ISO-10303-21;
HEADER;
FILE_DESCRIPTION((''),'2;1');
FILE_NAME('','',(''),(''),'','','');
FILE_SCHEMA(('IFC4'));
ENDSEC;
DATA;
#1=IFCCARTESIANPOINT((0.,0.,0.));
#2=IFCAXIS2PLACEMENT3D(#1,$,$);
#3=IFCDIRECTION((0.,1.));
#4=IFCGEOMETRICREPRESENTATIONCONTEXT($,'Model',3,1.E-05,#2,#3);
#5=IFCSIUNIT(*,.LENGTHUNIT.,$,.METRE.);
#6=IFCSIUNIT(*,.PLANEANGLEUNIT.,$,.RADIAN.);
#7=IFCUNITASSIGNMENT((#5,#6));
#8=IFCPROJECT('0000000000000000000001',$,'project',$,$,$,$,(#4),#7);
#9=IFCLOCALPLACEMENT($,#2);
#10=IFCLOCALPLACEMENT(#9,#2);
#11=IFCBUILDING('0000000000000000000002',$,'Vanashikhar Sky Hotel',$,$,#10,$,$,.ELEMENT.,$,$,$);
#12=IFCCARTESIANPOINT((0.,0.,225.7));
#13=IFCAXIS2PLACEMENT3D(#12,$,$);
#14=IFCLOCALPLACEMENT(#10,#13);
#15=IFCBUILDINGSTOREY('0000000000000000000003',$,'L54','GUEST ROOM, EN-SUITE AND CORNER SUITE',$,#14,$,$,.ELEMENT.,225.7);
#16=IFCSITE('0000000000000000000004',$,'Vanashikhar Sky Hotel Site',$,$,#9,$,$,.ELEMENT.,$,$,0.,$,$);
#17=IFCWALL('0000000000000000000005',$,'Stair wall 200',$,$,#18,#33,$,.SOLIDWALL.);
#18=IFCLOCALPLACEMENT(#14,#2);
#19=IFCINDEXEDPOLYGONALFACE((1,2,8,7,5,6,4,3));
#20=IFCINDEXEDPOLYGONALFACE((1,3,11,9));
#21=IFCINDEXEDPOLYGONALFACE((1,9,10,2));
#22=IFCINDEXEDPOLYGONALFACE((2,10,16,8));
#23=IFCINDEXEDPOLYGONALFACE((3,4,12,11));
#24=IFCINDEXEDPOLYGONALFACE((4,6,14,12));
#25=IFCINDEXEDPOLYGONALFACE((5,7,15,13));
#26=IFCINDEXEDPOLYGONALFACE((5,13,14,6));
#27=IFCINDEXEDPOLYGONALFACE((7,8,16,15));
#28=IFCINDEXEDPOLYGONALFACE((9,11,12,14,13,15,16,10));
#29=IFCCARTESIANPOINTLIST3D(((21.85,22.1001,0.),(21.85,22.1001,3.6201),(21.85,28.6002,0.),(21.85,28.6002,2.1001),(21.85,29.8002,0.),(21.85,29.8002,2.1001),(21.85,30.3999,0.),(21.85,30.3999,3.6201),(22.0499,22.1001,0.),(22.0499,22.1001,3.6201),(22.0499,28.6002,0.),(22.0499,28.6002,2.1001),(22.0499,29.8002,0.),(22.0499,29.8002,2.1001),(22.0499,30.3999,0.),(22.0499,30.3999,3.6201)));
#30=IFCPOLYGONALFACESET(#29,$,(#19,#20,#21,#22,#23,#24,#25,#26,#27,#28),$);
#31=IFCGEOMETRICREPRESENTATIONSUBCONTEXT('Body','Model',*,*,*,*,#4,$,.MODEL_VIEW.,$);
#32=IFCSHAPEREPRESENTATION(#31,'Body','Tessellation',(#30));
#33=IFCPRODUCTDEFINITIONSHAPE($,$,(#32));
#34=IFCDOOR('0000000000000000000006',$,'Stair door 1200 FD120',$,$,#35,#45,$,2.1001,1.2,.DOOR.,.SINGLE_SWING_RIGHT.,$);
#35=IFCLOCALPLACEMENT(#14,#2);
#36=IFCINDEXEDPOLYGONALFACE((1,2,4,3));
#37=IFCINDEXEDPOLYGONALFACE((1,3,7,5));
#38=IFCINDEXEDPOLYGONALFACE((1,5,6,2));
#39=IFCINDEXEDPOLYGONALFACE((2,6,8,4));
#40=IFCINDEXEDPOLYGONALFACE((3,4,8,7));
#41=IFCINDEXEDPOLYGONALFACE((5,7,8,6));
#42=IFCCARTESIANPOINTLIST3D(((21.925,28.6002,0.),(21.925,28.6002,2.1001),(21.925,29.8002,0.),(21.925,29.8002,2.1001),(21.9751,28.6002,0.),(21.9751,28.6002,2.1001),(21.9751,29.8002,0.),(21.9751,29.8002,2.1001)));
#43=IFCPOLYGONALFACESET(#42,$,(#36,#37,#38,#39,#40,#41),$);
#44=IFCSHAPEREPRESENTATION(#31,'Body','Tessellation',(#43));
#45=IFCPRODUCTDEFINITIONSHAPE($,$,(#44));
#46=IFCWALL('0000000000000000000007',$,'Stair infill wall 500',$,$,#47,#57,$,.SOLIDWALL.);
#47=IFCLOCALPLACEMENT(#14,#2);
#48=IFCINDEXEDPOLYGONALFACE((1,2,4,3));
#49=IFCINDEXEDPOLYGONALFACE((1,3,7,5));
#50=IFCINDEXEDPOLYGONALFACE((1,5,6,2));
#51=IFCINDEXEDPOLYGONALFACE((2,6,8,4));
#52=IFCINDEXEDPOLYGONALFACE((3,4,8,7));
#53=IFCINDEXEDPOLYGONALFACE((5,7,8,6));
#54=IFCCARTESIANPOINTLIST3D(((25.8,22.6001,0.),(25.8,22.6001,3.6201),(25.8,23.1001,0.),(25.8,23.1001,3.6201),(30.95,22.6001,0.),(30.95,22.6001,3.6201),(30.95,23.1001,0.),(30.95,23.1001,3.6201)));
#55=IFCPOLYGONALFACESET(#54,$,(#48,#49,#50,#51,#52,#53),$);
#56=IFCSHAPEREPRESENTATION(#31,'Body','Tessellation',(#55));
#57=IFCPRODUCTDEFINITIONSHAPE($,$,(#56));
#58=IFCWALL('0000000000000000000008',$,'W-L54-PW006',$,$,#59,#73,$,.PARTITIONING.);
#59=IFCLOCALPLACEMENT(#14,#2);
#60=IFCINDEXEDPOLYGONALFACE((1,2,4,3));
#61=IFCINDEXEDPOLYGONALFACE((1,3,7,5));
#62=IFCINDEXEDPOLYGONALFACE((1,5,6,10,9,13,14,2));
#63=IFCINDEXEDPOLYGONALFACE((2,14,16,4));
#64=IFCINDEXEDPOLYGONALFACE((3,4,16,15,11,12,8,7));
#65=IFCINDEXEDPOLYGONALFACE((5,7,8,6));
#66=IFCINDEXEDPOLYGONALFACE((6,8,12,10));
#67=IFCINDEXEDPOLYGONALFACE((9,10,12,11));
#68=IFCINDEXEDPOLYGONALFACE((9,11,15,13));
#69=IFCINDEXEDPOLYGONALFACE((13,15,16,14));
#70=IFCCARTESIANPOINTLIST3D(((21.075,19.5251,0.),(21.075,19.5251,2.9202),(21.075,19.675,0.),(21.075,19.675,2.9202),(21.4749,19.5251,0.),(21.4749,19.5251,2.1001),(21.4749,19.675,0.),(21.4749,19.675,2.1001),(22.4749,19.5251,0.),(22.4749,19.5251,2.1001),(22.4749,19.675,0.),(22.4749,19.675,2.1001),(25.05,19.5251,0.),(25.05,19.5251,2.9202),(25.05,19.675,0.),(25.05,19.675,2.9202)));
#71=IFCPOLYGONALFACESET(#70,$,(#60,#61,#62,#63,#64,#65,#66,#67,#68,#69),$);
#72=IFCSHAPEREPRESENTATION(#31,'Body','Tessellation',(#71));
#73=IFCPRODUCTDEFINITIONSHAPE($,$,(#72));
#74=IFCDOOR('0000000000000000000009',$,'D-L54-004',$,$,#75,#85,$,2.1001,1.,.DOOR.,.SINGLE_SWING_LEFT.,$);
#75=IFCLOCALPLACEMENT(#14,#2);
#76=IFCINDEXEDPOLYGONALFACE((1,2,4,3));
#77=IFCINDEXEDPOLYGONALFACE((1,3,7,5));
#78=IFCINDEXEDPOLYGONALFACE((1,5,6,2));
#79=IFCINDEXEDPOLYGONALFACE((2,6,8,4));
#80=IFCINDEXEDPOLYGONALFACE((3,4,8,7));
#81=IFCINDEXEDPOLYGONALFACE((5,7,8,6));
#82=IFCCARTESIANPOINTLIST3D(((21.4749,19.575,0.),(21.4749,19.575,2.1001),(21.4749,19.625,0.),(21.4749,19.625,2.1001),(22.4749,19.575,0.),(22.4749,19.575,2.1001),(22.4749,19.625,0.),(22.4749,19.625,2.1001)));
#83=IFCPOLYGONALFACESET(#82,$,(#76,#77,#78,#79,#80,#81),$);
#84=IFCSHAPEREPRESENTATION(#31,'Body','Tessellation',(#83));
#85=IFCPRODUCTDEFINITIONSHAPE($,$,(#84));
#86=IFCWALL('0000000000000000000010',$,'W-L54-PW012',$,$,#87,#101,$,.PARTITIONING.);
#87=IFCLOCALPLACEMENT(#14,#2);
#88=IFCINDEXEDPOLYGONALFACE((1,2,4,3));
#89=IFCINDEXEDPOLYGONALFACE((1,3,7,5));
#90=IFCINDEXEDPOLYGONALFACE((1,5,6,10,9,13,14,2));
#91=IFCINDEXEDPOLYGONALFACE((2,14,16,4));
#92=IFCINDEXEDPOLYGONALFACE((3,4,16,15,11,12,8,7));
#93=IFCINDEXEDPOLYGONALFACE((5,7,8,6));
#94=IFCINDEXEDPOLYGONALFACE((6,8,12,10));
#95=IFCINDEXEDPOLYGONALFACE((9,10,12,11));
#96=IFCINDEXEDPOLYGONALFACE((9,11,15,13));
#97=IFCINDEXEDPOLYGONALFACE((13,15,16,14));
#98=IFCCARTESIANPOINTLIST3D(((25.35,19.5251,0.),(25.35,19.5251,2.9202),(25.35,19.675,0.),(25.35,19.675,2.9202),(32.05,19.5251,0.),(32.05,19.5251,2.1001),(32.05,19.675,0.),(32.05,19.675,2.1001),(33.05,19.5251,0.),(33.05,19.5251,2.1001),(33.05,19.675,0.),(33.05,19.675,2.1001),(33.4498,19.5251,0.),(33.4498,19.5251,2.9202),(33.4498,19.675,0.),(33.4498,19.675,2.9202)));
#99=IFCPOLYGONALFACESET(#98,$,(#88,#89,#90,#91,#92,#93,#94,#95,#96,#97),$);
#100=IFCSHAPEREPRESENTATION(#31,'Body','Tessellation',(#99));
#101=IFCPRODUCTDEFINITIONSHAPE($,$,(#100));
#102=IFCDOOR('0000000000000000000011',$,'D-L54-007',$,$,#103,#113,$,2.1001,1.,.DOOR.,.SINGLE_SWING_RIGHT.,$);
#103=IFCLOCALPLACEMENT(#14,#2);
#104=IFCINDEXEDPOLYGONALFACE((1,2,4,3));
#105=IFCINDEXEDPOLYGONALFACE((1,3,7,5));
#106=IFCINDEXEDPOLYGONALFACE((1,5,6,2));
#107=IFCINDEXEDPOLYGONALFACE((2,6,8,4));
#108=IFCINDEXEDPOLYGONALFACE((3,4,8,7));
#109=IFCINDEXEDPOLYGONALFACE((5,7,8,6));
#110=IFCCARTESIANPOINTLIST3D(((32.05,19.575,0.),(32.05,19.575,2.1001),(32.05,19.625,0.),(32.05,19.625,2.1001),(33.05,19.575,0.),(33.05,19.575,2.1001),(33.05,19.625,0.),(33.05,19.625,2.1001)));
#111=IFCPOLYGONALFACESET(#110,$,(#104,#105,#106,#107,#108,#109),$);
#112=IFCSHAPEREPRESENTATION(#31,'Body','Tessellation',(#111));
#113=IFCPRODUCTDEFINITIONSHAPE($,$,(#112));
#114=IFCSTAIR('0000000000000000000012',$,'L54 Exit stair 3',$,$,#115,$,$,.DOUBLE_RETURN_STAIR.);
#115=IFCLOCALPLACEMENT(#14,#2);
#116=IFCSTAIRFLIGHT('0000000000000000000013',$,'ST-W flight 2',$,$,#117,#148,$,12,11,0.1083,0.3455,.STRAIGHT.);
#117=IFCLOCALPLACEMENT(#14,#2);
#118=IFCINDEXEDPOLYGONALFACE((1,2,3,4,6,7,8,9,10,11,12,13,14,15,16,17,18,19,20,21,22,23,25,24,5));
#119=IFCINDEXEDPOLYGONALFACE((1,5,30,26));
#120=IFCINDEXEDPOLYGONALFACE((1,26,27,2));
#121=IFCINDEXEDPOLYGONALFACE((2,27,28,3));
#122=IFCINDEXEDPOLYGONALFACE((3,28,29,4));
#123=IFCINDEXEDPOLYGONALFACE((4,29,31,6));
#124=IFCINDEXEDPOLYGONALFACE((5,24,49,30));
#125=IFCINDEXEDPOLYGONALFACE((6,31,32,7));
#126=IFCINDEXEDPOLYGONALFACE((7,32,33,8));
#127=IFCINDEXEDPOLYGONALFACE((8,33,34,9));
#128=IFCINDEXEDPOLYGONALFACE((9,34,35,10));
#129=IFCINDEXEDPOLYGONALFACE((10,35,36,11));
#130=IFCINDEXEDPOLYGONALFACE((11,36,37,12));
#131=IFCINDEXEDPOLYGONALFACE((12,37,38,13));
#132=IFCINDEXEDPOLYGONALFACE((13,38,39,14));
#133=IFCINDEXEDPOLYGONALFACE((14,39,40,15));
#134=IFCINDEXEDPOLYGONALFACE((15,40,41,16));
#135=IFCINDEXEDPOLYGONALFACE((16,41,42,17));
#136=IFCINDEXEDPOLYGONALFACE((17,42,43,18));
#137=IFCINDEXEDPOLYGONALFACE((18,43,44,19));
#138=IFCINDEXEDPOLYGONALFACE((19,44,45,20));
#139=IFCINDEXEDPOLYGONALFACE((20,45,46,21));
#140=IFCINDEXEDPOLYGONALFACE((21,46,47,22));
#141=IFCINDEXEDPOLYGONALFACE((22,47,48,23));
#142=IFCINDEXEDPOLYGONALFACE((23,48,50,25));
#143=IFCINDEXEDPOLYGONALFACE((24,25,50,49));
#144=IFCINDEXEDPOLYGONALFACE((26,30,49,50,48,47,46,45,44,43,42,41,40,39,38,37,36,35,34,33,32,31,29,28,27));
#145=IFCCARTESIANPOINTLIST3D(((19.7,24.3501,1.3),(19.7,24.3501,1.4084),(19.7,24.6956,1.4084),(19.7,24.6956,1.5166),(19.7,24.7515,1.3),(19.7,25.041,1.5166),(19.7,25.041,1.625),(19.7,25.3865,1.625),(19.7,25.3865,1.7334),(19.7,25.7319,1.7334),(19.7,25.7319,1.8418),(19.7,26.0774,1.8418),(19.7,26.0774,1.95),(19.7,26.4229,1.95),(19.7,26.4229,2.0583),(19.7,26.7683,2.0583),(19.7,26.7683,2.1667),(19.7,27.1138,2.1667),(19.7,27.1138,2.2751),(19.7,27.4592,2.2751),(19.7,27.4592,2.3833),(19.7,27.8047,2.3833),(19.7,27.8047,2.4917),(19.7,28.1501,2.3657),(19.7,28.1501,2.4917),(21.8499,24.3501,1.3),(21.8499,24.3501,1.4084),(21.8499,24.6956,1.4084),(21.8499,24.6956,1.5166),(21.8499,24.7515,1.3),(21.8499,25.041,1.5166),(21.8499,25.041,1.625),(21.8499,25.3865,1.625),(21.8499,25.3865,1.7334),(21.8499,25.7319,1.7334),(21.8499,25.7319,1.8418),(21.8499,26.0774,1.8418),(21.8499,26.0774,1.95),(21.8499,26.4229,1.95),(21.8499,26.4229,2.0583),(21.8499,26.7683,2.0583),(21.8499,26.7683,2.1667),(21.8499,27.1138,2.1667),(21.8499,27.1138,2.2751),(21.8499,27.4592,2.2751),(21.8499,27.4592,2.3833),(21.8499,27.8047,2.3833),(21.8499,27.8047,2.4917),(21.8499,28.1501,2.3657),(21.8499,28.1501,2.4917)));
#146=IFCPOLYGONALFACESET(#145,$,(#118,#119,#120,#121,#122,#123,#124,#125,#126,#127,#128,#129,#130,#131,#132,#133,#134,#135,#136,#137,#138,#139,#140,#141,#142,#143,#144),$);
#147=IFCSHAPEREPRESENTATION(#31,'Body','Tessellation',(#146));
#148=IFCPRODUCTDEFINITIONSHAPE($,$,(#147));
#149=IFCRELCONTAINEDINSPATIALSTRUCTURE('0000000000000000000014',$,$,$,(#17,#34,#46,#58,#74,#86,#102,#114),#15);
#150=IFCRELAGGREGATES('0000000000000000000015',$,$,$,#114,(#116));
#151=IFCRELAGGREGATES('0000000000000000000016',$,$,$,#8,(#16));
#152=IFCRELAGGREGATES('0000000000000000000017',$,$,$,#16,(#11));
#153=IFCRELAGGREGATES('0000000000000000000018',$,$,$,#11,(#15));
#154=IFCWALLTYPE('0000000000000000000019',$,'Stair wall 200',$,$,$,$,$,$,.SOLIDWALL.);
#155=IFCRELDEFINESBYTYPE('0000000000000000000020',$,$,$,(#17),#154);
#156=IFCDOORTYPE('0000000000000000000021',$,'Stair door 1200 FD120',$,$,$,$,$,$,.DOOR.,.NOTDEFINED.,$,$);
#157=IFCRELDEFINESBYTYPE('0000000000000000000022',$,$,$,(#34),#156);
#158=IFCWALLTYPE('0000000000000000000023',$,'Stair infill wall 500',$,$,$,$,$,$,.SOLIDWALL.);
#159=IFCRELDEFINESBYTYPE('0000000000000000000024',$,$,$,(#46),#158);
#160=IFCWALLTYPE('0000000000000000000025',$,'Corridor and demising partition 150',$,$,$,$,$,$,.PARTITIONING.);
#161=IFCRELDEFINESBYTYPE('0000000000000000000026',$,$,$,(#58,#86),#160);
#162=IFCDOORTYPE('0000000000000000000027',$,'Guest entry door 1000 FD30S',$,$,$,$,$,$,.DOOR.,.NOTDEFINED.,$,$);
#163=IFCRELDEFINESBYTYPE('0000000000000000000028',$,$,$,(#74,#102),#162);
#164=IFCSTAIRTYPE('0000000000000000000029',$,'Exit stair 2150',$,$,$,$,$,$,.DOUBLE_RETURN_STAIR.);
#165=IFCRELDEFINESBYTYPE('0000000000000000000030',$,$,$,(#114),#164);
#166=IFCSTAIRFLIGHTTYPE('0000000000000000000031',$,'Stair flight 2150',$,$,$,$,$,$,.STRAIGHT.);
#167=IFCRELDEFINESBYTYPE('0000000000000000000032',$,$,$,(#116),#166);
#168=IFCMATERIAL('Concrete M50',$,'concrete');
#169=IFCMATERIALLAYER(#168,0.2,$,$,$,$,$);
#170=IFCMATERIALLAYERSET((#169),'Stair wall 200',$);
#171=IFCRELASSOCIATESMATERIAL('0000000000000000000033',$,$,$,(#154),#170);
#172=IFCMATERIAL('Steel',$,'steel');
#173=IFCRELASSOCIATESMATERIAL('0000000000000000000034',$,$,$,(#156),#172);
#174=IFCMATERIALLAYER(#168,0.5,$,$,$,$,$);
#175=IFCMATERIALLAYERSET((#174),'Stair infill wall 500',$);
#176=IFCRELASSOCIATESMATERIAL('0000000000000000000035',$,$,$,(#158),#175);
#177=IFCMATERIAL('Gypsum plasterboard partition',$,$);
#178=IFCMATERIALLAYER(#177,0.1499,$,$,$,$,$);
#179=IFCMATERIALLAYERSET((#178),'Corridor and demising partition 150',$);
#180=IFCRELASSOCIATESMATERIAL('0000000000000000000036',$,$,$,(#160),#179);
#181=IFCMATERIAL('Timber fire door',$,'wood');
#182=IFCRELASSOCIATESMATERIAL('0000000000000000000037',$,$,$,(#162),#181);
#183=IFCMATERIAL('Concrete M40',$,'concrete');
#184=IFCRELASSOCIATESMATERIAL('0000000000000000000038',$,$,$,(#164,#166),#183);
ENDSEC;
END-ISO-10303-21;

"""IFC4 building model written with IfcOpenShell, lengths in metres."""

from ifc_helpers import new_model, si_unit, direction, frame, frame_2d, origin, place, context, subcontext, project, spatial, polyline, rectangle, outline, extrude, source, transform, mapped, material, layer, layer_set, type_object, element, fill, aggregate, save


model = new_model("IFC4")

# Units and contexts
model_context = context("Model", 3, precision=1e-05, world=origin(), true_north=direction((0.0, 1.0)))
body_context = subcontext(model_context, "Body", "Model", "MODEL_VIEW")
ifc_project = project(units=[si_unit("LENGTHUNIT", "METRE"), si_unit("PLANEANGLEUNIT", "RADIAN")], contexts=[model_context])

# Site, building, storey
site_placement = place(None, origin())
site = spatial("IfcSite", under=ifc_project, at=site_placement, Name="Vanashikhar Sky Hotel Site", CompositionType="ELEMENT", RefElevation=0.0)
building_placement = place(site_placement, origin())
building = spatial("IfcBuilding", under=site, at=building_placement, Name="Vanashikhar Sky Hotel", CompositionType="ELEMENT")
storey_placement = place(building_placement, frame((0.0, 0.0, 225.7)))
storey = spatial("IfcBuildingStorey", under=building, at=storey_placement, Name="L54", Description="GUEST ROOM, EN-SUITE AND CORNER SUITE", CompositionType="ELEMENT", Elevation=225.7)

# Shared definitions
ifc_material_1 = material(Name="Steel", Category="steel")

# Wall, opening, door
ifc_material_2 = material(Name="Concrete M50", Category="concrete")
ifc_layer_1 = layer(ifc_material_2, 0.2)
ifc_layer_set_1 = layer_set([ifc_layer_1], Name="Stair wall 200")
wall_type_1 = type_object("IfcWallType", Name="Stair wall 200", PredefinedType="SOLIDWALL", material=ifc_layer_set_1)
shared_shape_1 = source(origin(), body_context, "Body", "SweptSolid", [
    extrude(rectangle(XDim=8.2998, YDim=0.2, at=frame_2d((4.1499, 0.0))), origin(), (0.0, 0.0, 1.0), 3.6201),
])
wall_1_placement = place(storey_placement, frame((21.95, 22.1001, 0.0), z_axis=(0.0, 0.0, 1.0), x_axis=(0.0, 1.0, 0.0)))
wall_1 = element("IfcWall", 1, at=wall_1_placement, inside=storey, type_object=wall_type_1, Name="Stair wall 200", PredefinedType="SOLIDWALL", context=body_context, shape_type="MappedRepresentation", body=[
    mapped(shared_shape_1, transform((0.0, 0.0, 0.0), scale=1.0)),
])
shared_shape_2 = source(origin(), body_context, "Body", "SweptSolid", [
    extrude(rectangle(XDim=1.2, YDim=2.1001, at=frame_2d((0.6001, 1.05))), frame((0.0, 0.1099, 0.0), z_axis=(0.0, -1.0, 0.0), x_axis=(1.0, 0.0, 0.0)), (0.0, 0.0, 1.0), 0.22),
])
opening_1_placement = place(wall_1_placement, frame((6.5, 0.0, 0.0)))
opening_1 = element("IfcOpeningElement", 2, at=opening_1_placement, cuts=wall_1, PredefinedType="OPENING", context=body_context, shape_type="MappedRepresentation", body=[
    mapped(shared_shape_2, transform((0.0, 0.0, 0.0), scale=1.0)),
])
door_type_1 = type_object("IfcDoorType", Name="Stair door 1200 FD120", OperationType="NOTDEFINED", PredefinedType="DOOR", material=ifc_material_1)
shared_shape_3 = source(origin(), body_context, "Body", "SweptSolid", [
    extrude(rectangle(XDim=1.2, YDim=2.1001, at=frame_2d((0.6001, 1.05))), frame((0.0, 0.0249, 0.0), z_axis=(0.0, -1.0, 0.0), x_axis=(1.0, 0.0, 0.0)), (0.0, 0.0, 1.0), 0.05),
])
door_1_placement = place(opening_1_placement, origin())
door_1 = element("IfcDoor", 3, at=door_1_placement, inside=storey, type_object=door_type_1, Name="Stair door 1200 FD120", OperationType="SINGLE_SWING_RIGHT", OverallHeight=2.1001, OverallWidth=1.2, PredefinedType="DOOR", context=body_context, shape_type="MappedRepresentation", body=[
    mapped(shared_shape_3, transform((0.0, 0.0, 0.0), scale=1.0)),
])
fill(opening_1, door_1)

# Wall
ifc_layer_2 = layer(ifc_material_2, 0.5)
ifc_layer_set_2 = layer_set([ifc_layer_2], Name="Stair infill wall 500")
wall_type_2 = type_object("IfcWallType", Name="Stair infill wall 500", PredefinedType="SOLIDWALL", material=ifc_layer_set_2)
shared_shape_4 = source(origin(), body_context, "Body", "SweptSolid", [
    extrude(rectangle(XDim=5.1499, YDim=0.5, at=frame_2d((2.575, 0.0))), origin(), (0.0, 0.0, 1.0), 3.6201),
])
wall_2_placement = place(storey_placement, frame((25.8, 22.8501, 0.0), z_axis=(0.0, 0.0, 1.0), x_axis=(1.0, 0.0, 0.0)))
element("IfcWall", 4, at=wall_2_placement, inside=storey, type_object=wall_type_2, Name="Stair infill wall 500", PredefinedType="SOLIDWALL", context=body_context, shape_type="MappedRepresentation", body=[
    mapped(shared_shape_4, transform((0.0, 0.0, 0.0), scale=1.0)),
])

# Walls, openings, doors
ifc_material_3 = material(Name="Gypsum plasterboard partition")
ifc_layer_3 = layer(ifc_material_3, 0.1499)
ifc_layer_set_3 = layer_set([ifc_layer_3], Name="Corridor and demising partition 150")
wall_type_3 = type_object("IfcWallType", Name="Corridor and demising partition 150", PredefinedType="PARTITIONING", material=ifc_layer_set_3)
shared_shape_5 = source(origin(), body_context, "Body", "SweptSolid", [
    extrude(rectangle(XDim=3.9751, YDim=0.1499, at=frame_2d((1.9875, 0.0))), origin(), (0.0, 0.0, 1.0), 2.9202),
])
wall_3_placement = place(storey_placement, frame((21.075, 19.6001, 0.0), z_axis=(0.0, 0.0, 1.0), x_axis=(1.0, 0.0, 0.0)))
wall_3 = element("IfcWall", 5, at=wall_3_placement, inside=storey, type_object=wall_type_3, Name="W-L54-PW006", PredefinedType="PARTITIONING", context=body_context, shape_type="MappedRepresentation", body=[
    mapped(shared_shape_5, transform((0.0, 0.0, 0.0), scale=1.0)),
])
shared_shape_6 = source(origin(), body_context, "Body", "SweptSolid", [
    extrude(rectangle(XDim=1.0, YDim=2.1001, at=frame_2d((0.5, 1.05))), frame((0.0, 0.085, 0.0), z_axis=(0.0, -1.0, 0.0), x_axis=(1.0, 0.0, 0.0)), (0.0, 0.0, 1.0), 0.1699),
])
opening_2_placement = place(wall_3_placement, frame((0.3999, 0.0, 0.0)))
opening_2 = element("IfcOpeningElement", 6, at=opening_2_placement, cuts=wall_3, PredefinedType="OPENING", context=body_context, shape_type="MappedRepresentation", body=[
    mapped(shared_shape_6, transform((0.0, 0.0, 0.0), scale=1.0)),
])
ifc_material_4 = material(Name="Timber fire door", Category="wood")
door_type_2 = type_object("IfcDoorType", Name="Guest entry door 1000 FD30S", OperationType="NOTDEFINED", PredefinedType="DOOR", material=ifc_material_4)
shared_shape_7 = source(origin(), body_context, "Body", "SweptSolid", [
    extrude(rectangle(XDim=1.0, YDim=2.1001, at=frame_2d((0.5, 1.05))), frame((0.0, 0.0249, 0.0), z_axis=(0.0, -1.0, 0.0), x_axis=(1.0, 0.0, 0.0)), (0.0, 0.0, 1.0), 0.05),
])
door_2_placement = place(opening_2_placement, origin())
door_2 = element("IfcDoor", 7, at=door_2_placement, inside=storey, type_object=door_type_2, Name="D-L54-004", OperationType="SINGLE_SWING_LEFT", OverallHeight=2.1001, OverallWidth=1.0, PredefinedType="DOOR", context=body_context, shape_type="MappedRepresentation", body=[
    mapped(shared_shape_7, transform((0.0, 0.0, 0.0), scale=1.0)),
])
fill(opening_2, door_2)
shared_shape_8 = source(origin(), body_context, "Body", "SweptSolid", [
    extrude(rectangle(XDim=8.0999, YDim=0.1499, at=frame_2d((4.0498, 0.0))), origin(), (0.0, 0.0, 1.0), 2.9202),
])
wall_4_placement = place(storey_placement, frame((25.3501, 19.6001, 0.0), z_axis=(0.0, 0.0, 1.0), x_axis=(1.0, 0.0, 0.0)))
wall_4 = element("IfcWall", 8, at=wall_4_placement, inside=storey, type_object=wall_type_3, Name="W-L54-PW012", PredefinedType="PARTITIONING", context=body_context, shape_type="MappedRepresentation", body=[
    mapped(shared_shape_8, transform((0.0, 0.0, 0.0), scale=1.0)),
])
opening_3_placement = place(wall_4_placement, frame((6.7, 0.0, 0.0)))
opening_3 = element("IfcOpeningElement", 9, at=opening_3_placement, cuts=wall_4, PredefinedType="OPENING", context=body_context, shape_type="MappedRepresentation", body=[
    mapped(shared_shape_6, transform((0.0, 0.0, 0.0), scale=1.0)),
])
door_3_placement = place(opening_3_placement, origin())
door_3 = element("IfcDoor", 10, at=door_3_placement, inside=storey, type_object=door_type_2, Name="D-L54-007", OperationType="SINGLE_SWING_RIGHT", OverallHeight=2.1001, OverallWidth=1.0, PredefinedType="DOOR", context=body_context, shape_type="MappedRepresentation", body=[
    mapped(shared_shape_7, transform((0.0, 0.0, 0.0), scale=1.0)),
])
fill(opening_3, door_3)

# Stair, stair flight
ifc_material_5 = material(Name="Concrete M40", Category="concrete")
stair_type = type_object("IfcStairType", Name="Exit stair 2150", PredefinedType="DOUBLE_RETURN_STAIR", material=ifc_material_5)
stair_placement = place(storey_placement, origin())
stair = element("IfcStair", 11, at=stair_placement, inside=storey, type_object=stair_type, Name="L54 Exit stair 3", PredefinedType="DOUBLE_RETURN_STAIR")
stair_flight_type = type_object("IfcStairFlightType", Name="Stair flight 2150", PredefinedType="STRAIGHT", material=ifc_material_5)
shared_shape_9 = source(origin(), body_context, "Body", "SweptSolid", [
    extrude(outline(polyline([(0.0, 0.0), (0.0, 0.1084), (0.3455, 0.1084), (0.3455, 0.2166), (0.6909, 0.2166), (0.6909, 0.325), (1.0364, 0.325), (1.0364, 0.4333), (1.3818, 0.4333), (1.3818, 0.5417), (1.7273, 0.5417), (1.7273, 0.6499), (2.0728, 0.6499), (2.0728, 0.7583), (2.4182, 0.7583), (2.4182, 0.8667), (2.7637, 0.8667), (2.7637, 0.9751), (3.1091, 0.9751), (3.1091, 1.0833), (3.4546, 1.0833), (3.4546, 1.1917), (3.8, 1.1917), (3.8, 1.3), (3.8, 1.0657), (0.4014, 0.0), (0.0, 0.0)])), frame((0.0, 1.075, 0.0), z_axis=(0.0, -1.0, 0.0), x_axis=(1.0, 0.0, 0.0)), (0.0, 0.0, 1.0), 2.1499),
])
stair_flight_1_placement = place(storey_placement, frame((20.7749, 24.3501, 1.3), z_axis=(0.0, 0.0, 1.0), x_axis=(0.0, 1.0, 0.0)))
stair_flight_1 = element("IfcStairFlight", 12, at=stair_flight_1_placement, type_object=stair_flight_type, Name="ST-W flight 2", NumberOfRisers=12, NumberOfTreads=11, PredefinedType="STRAIGHT", RiserHeight=0.1083, TreadLength=0.3455, context=body_context, shape_type="MappedRepresentation", body=[
    mapped(shared_shape_9, transform((0.0, 0.0, 0.0), scale=1.0)),
])
aggregate(stair, [stair_flight_1])

save(model, "model.ifc")
